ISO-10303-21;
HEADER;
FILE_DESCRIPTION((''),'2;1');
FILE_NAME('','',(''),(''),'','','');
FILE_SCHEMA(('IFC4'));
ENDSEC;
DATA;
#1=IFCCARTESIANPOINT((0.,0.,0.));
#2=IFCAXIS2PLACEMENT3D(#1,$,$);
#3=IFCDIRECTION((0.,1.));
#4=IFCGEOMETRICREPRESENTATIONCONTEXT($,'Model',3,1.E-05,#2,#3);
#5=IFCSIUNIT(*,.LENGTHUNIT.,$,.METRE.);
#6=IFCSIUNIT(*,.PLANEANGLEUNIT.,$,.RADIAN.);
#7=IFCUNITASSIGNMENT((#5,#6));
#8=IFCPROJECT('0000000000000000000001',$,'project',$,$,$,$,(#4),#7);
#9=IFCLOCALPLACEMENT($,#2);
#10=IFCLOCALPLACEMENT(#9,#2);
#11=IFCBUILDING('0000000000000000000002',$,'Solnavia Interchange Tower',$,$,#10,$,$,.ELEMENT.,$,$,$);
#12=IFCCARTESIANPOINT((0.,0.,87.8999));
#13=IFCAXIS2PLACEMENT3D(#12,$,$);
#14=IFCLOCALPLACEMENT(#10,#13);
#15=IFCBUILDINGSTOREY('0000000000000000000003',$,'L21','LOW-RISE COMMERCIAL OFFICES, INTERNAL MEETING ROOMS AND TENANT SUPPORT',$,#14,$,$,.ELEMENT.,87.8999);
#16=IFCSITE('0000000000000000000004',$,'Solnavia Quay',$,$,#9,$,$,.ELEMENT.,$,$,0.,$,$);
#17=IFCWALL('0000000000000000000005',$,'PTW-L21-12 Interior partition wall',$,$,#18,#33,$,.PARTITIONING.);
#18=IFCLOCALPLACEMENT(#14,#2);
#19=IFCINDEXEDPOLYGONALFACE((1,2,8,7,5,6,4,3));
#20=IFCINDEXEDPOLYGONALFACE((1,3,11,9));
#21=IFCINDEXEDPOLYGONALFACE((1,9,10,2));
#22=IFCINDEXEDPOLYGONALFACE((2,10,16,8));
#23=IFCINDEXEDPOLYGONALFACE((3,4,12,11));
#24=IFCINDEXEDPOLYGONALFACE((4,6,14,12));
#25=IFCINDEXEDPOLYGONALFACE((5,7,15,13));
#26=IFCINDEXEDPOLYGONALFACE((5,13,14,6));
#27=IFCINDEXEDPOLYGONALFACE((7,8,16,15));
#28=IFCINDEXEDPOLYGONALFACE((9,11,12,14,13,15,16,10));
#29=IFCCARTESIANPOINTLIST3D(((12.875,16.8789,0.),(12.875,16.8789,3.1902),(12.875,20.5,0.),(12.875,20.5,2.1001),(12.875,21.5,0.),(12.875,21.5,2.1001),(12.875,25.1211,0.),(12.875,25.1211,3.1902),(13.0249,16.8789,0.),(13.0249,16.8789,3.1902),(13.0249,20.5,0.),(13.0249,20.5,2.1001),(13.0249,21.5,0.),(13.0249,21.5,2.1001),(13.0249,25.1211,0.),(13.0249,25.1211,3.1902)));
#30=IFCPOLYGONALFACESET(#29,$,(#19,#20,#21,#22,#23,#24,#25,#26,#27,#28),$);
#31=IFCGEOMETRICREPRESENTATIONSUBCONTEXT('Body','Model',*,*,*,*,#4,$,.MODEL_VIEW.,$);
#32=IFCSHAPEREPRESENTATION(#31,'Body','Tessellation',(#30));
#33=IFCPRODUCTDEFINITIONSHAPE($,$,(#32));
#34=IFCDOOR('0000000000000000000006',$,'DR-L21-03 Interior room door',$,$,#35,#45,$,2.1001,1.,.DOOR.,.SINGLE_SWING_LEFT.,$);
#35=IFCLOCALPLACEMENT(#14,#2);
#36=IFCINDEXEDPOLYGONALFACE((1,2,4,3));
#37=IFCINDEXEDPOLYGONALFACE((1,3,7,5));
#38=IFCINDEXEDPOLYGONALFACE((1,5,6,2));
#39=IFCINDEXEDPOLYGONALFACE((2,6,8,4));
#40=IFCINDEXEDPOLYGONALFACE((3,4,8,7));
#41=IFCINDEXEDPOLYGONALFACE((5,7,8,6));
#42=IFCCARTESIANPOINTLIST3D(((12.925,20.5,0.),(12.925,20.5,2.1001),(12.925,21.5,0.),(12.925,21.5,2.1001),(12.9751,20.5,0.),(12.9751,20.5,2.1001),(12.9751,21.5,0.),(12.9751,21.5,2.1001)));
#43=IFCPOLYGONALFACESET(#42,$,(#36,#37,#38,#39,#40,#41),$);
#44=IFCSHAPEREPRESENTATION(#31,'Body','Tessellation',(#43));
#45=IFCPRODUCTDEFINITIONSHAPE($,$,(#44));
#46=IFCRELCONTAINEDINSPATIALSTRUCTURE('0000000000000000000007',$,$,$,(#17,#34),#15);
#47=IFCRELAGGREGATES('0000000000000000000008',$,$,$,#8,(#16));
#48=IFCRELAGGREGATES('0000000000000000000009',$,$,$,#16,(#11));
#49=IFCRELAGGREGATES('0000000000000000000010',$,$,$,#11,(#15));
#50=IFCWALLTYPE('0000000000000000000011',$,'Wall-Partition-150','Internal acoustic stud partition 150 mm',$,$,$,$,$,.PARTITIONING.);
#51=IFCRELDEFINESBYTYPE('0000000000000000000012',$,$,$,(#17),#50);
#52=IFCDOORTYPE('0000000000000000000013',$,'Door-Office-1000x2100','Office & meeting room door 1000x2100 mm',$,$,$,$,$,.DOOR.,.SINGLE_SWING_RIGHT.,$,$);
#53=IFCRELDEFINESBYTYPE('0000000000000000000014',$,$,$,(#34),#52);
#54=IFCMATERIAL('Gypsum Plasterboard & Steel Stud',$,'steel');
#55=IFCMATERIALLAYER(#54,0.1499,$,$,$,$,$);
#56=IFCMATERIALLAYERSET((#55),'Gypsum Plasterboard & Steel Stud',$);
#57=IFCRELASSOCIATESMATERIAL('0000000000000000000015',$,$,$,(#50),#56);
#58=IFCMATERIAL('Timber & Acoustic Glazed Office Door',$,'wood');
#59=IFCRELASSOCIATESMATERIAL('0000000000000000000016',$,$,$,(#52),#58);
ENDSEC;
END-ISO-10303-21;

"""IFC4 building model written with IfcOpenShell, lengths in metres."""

from ifc_helpers import new_model, si_unit, direction, frame, frame_2d, origin, place, context, subcontext, project, spatial, rectangle, extrude, material, layer, layer_set, type_object, element, fill, save


model = new_model("IFC4")

# Units and contexts
model_context = context("Model", 3, precision=1e-05, world=origin(), true_north=direction((0.0, 1.0)))
body_context = subcontext(model_context, "Body", "Model", "MODEL_VIEW")
ifc_project = project(units=[si_unit("LENGTHUNIT", "METRE"), si_unit("PLANEANGLEUNIT", "RADIAN")], contexts=[model_context])

# Site, building, storey
site_placement = place(None, origin())
site = spatial("IfcSite", under=ifc_project, at=site_placement, Name="Solnavia Quay", CompositionType="ELEMENT", RefElevation=0.0)
building_placement = place(site_placement, origin())
building = spatial("IfcBuilding", under=site, at=building_placement, Name="Solnavia Interchange Tower", CompositionType="ELEMENT")
storey_placement = place(building_placement, frame((0.0, 0.0, 87.8999)))
storey = spatial("IfcBuildingStorey", under=building, at=storey_placement, Name="L21", Description="LOW-RISE COMMERCIAL OFFICES, INTERNAL MEETING ROOMS AND TENANT SUPPORT", CompositionType="ELEMENT", Elevation=87.8999)

# Shared definitions
ifc_material_1 = material(Name="Gypsum Plasterboard & Steel Stud", Category="steel")
ifc_layer_1 = layer(ifc_material_1, 0.1499)
ifc_layer_set_1 = layer_set([ifc_layer_1], Name="Gypsum Plasterboard & Steel Stud")
wall_type_1 = type_object("IfcWallType", Name="Wall-Partition-150", Description="Internal acoustic stud partition 150 mm", PredefinedType="PARTITIONING", material=ifc_layer_set_1)

# Wall, opening, door
wall_1_placement = place(storey_placement, frame((12.95, 16.8789, 0.0), z_axis=(0.0, 0.0, 1.0), x_axis=(0.0, 1.0, 0.0)))
wall_1 = element("IfcWall", 1, at=wall_1_placement, inside=storey, type_object=wall_type_1, Name="PTW-L21-12 Interior partition wall", PredefinedType="PARTITIONING", context=body_context, shape_type="SweptSolid", body=[
    extrude(rectangle(XDim=8.2422, YDim=0.1499, at=frame_2d((4.1211, 0.0))), origin(), (0.0, 0.0, 1.0), 3.1902),
])
opening_1_placement = place(wall_1_placement, frame((3.6211, 0.0, 0.0)))
opening_1 = element("IfcOpeningElement", 2, at=opening_1_placement, cuts=wall_1, PredefinedType="OPENING", context=body_context, shape_type="SweptSolid", body=[
    extrude(rectangle(XDim=1.0, YDim=2.1001, at=frame_2d((0.5, 1.05))), frame((0.0, 0.085, 0.0), z_axis=(0.0, -1.0, 0.0), x_axis=(1.0, 0.0, 0.0)), (0.0, 0.0, 1.0), 0.1699),
])
ifc_material_2 = material(Name="Timber & Acoustic Glazed Office Door", Category="wood")
door_type = type_object("IfcDoorType", Name="Door-Office-1000x2100", Description="Office & meeting room door 1000x2100 mm", OperationType="SINGLE_SWING_RIGHT", PredefinedType="DOOR", material=ifc_material_2)
door_placement = place(opening_1_placement, origin())
door = element("IfcDoor", 3, at=door_placement, inside=storey, type_object=door_type, Name="DR-L21-03 Interior room door", OperationType="SINGLE_SWING_LEFT", OverallHeight=2.1001, OverallWidth=1.0, PredefinedType="DOOR", context=body_context, shape_type="SweptSolid", body=[
    extrude(rectangle(XDim=1.0, YDim=2.1001, at=frame_2d((0.5, 1.05))), frame((0.0, 0.0249, 0.0), z_axis=(0.0, -1.0, 0.0), x_axis=(1.0, 0.0, 0.0)), (0.0, 0.0, 1.0), 0.05),
])
fill(opening_1, door)

save(model, "model.ifc")
